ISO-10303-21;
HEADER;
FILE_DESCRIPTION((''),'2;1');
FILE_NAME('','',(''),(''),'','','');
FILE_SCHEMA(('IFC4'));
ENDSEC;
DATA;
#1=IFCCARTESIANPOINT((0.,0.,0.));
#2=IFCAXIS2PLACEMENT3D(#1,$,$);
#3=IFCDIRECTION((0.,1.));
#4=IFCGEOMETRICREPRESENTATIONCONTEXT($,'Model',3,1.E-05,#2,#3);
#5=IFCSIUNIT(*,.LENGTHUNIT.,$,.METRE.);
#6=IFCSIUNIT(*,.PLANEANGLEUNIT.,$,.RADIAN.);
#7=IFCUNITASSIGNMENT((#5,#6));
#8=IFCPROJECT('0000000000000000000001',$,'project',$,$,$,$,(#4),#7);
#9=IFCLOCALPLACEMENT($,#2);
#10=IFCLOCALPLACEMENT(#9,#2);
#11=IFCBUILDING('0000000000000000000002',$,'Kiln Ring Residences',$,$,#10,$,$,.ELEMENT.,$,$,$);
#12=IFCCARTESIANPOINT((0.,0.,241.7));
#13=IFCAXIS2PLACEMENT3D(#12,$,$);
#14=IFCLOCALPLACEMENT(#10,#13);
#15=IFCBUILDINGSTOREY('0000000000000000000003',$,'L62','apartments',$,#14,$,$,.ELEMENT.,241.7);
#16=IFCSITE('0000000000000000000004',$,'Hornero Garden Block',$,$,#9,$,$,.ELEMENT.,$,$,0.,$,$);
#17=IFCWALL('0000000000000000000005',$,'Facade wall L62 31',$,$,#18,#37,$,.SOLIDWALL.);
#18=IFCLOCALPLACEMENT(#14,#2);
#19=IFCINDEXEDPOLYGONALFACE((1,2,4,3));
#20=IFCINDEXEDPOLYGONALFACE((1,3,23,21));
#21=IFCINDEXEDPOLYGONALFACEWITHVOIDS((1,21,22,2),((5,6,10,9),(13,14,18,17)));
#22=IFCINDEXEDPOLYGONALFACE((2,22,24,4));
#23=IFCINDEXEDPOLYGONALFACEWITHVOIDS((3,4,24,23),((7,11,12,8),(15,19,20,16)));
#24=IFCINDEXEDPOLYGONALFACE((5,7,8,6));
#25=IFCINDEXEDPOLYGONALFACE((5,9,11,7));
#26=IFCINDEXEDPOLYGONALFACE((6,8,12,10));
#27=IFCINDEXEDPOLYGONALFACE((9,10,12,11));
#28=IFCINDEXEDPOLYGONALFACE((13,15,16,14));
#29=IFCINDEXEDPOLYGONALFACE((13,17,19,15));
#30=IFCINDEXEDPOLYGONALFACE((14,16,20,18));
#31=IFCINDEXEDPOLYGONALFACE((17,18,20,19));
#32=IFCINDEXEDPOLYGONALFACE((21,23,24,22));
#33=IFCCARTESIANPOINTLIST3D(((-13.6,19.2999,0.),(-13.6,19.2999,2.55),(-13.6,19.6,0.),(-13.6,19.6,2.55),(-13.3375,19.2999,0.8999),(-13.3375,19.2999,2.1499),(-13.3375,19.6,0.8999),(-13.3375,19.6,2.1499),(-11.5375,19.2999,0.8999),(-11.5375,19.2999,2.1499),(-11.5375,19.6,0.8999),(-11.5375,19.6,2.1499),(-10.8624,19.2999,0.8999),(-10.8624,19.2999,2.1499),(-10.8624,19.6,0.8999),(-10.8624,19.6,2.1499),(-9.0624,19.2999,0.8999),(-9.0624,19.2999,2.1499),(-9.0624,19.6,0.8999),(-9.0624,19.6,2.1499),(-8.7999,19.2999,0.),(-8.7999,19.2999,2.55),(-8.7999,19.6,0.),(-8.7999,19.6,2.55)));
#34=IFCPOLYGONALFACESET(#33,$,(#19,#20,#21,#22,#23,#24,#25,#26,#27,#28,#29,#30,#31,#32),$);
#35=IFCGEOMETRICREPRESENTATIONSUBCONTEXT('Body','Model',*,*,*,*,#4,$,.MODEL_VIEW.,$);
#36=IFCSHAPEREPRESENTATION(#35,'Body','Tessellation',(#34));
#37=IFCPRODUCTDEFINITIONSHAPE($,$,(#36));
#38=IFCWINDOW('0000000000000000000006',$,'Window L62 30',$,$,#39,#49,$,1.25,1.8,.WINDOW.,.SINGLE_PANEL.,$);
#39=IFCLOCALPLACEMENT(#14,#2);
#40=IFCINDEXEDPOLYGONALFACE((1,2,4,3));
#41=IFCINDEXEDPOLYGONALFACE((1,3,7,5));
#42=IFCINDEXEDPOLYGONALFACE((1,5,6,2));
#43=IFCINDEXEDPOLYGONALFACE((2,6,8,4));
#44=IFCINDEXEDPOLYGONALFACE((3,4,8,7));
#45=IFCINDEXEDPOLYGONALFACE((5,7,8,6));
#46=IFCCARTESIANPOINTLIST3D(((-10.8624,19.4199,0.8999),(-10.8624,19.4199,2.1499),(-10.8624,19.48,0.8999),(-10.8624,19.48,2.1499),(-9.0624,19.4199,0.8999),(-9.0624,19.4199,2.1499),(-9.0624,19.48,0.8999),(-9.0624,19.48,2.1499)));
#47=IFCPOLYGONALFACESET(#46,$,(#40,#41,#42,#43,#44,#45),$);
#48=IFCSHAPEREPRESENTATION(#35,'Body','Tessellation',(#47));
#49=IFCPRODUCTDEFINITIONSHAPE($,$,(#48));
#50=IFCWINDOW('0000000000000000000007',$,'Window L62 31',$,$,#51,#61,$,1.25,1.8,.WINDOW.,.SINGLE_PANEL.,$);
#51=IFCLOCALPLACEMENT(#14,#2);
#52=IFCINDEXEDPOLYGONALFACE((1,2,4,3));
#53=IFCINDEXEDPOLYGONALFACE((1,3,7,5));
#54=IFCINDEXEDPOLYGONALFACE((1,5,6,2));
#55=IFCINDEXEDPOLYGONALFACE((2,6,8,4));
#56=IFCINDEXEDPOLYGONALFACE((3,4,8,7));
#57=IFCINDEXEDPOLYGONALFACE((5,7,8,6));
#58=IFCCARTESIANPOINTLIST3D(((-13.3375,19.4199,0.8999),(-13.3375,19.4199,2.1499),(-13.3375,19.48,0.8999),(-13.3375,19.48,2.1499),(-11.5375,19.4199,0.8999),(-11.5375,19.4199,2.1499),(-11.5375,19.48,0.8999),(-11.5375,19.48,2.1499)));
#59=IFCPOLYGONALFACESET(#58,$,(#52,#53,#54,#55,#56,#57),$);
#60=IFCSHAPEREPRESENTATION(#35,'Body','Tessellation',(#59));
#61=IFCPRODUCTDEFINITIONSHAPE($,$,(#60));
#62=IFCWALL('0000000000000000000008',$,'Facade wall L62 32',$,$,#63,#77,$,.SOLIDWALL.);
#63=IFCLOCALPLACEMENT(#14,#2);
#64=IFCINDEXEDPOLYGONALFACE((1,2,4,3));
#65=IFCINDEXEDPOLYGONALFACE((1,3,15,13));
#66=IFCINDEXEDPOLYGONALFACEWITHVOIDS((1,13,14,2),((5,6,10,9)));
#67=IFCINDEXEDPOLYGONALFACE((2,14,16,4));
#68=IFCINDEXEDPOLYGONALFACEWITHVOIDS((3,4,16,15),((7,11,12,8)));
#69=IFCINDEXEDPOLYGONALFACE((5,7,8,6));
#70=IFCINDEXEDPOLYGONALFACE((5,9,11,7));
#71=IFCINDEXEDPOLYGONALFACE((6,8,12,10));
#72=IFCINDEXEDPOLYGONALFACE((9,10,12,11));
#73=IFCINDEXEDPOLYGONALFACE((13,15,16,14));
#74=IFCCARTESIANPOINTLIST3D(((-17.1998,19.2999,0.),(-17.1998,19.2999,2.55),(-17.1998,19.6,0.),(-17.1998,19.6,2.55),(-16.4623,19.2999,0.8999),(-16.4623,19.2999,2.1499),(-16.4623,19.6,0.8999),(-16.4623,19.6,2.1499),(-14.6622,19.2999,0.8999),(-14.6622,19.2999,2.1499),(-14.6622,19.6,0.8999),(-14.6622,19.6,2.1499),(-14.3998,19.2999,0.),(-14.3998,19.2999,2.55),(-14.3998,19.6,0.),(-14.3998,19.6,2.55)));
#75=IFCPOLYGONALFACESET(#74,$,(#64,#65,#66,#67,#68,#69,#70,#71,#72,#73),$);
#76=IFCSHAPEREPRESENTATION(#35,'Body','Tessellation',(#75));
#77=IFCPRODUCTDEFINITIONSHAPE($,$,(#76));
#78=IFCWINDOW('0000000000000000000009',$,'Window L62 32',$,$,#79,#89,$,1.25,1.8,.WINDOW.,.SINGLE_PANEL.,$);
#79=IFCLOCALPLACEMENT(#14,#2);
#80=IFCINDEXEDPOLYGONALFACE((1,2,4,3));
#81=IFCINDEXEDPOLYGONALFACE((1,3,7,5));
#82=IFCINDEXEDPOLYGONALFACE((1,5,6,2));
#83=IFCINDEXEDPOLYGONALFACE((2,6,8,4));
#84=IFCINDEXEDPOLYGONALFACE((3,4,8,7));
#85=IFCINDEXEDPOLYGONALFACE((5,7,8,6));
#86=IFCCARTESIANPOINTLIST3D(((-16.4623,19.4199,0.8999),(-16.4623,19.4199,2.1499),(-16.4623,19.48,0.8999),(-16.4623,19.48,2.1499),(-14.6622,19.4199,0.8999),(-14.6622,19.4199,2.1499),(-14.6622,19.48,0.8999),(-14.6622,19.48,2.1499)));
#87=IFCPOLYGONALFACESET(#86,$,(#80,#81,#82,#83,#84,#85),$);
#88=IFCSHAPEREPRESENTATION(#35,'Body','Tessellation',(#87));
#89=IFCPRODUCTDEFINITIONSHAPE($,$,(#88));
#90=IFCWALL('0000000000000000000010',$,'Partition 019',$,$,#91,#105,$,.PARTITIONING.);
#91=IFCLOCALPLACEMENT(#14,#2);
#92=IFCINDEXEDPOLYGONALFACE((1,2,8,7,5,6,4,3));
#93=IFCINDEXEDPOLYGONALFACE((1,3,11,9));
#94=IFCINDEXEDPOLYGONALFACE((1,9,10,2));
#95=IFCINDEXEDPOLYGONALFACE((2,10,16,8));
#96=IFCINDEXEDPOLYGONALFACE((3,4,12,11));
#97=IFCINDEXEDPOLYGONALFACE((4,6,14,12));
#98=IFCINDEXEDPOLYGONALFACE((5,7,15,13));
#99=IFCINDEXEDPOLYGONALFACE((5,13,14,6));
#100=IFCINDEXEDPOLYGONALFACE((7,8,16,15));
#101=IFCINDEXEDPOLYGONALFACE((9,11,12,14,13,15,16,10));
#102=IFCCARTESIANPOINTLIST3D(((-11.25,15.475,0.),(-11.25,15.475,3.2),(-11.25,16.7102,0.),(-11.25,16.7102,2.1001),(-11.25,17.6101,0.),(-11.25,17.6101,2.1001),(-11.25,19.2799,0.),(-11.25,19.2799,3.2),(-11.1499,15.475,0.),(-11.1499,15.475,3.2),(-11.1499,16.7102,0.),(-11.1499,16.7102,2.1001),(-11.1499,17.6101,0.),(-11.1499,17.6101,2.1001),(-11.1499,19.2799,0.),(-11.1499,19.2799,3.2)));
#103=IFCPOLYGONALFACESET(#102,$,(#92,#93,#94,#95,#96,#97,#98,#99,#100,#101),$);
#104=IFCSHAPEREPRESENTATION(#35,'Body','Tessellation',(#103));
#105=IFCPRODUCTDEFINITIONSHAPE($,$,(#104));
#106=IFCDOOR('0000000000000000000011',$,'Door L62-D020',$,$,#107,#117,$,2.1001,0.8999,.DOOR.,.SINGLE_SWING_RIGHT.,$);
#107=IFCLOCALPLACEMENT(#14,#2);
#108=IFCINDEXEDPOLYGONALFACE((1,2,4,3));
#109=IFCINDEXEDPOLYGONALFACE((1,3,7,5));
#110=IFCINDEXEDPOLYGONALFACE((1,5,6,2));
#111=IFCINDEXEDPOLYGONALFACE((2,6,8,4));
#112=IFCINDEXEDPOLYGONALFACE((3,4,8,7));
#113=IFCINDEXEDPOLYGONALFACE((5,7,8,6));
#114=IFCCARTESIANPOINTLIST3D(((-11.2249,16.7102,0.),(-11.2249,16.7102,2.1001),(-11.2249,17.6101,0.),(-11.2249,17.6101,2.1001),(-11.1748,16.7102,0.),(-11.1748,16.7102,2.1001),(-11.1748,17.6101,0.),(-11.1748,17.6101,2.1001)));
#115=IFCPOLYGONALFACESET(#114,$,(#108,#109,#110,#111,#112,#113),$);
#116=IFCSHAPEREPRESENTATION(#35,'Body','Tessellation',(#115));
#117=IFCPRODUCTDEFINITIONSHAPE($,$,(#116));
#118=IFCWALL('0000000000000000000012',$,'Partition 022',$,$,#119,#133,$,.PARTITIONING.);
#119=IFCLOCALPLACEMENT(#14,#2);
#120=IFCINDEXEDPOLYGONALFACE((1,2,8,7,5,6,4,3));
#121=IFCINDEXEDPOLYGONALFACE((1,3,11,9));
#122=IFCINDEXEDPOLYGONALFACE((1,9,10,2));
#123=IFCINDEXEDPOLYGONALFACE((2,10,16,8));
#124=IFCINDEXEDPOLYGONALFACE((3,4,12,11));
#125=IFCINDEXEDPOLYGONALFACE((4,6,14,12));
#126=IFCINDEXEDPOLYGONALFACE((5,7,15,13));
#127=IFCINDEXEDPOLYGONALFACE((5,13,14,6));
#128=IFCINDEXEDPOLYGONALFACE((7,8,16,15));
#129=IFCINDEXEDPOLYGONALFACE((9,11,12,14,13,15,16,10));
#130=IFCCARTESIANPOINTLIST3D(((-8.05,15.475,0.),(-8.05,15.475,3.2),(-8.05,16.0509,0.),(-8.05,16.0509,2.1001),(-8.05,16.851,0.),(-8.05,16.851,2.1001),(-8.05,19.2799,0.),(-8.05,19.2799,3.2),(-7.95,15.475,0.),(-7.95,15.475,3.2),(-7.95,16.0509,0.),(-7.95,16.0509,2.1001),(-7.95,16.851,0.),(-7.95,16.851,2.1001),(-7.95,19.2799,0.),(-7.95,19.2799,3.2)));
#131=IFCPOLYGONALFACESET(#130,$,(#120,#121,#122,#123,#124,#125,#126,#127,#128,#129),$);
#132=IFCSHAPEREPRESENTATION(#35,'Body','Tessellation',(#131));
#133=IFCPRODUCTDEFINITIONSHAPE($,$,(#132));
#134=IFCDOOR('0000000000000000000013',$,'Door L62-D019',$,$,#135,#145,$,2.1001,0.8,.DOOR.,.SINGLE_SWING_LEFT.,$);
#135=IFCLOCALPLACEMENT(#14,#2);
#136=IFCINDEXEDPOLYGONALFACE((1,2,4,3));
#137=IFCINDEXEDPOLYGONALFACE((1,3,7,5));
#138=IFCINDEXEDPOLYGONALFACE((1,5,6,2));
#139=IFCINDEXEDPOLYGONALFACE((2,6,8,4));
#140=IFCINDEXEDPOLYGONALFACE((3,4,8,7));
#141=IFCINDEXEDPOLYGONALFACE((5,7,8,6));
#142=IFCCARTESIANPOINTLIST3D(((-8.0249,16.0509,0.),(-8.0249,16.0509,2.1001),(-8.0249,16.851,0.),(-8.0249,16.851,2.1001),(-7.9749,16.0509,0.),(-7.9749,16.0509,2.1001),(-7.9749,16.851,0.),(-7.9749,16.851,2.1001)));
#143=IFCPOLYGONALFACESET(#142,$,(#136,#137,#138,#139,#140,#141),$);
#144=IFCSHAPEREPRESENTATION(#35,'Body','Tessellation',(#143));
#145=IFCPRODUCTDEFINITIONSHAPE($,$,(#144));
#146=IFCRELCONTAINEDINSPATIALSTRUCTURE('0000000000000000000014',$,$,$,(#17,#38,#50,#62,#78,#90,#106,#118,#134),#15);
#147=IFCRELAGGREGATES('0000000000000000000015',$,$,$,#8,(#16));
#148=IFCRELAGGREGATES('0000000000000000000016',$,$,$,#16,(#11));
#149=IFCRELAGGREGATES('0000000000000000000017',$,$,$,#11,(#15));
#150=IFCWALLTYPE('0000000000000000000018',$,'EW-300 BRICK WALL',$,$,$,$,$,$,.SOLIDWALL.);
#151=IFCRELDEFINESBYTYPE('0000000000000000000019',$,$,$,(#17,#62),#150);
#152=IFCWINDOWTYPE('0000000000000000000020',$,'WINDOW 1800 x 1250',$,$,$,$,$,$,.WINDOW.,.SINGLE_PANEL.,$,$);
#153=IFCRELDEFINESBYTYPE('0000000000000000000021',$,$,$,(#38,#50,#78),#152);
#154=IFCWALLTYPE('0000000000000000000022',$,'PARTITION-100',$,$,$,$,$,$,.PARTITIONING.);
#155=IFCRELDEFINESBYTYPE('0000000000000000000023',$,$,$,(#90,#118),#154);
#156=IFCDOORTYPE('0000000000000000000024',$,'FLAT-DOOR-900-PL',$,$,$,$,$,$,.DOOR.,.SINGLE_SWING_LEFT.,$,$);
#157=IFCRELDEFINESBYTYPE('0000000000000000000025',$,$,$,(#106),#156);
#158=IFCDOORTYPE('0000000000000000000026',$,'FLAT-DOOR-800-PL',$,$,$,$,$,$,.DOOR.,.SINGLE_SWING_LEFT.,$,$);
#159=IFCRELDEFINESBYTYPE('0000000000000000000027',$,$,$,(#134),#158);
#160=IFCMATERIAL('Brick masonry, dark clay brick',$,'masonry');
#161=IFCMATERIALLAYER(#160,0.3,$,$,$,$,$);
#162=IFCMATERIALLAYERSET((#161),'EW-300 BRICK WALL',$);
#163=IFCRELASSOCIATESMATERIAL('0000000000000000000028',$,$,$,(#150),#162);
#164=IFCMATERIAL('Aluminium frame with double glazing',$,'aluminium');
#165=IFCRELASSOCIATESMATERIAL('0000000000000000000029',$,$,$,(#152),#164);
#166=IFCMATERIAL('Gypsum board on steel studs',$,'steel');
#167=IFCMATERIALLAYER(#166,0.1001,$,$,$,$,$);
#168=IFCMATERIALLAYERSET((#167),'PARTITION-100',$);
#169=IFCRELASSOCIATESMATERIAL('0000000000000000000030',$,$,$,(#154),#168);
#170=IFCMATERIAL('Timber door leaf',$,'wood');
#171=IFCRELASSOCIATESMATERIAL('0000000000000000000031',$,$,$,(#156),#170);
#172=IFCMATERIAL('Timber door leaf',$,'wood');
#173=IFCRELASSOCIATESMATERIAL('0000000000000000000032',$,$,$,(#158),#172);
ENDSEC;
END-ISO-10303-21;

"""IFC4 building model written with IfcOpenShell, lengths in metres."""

from ifc_helpers import new_model, si_unit, direction, frame, frame_2d, origin, place, context, subcontext, project, spatial, rectangle, extrude, material, layer, layer_set, type_object, element, fill, save


model = new_model("IFC4")

# Units and contexts
model_context = context("Model", 3, precision=1e-05, world=origin(), true_north=direction((0.0, 1.0)))
body_context = subcontext(model_context, "Body", "Model", "MODEL_VIEW")
ifc_project = project(units=[si_unit("LENGTHUNIT", "METRE"), si_unit("PLANEANGLEUNIT", "RADIAN")], contexts=[model_context])

# Site, building, storey
site_placement = place(None, origin())
site = spatial("IfcSite", under=ifc_project, at=site_placement, Name="Hornero Garden Block", CompositionType="ELEMENT", RefElevation=0.0)
building_placement = place(site_placement, origin())
building = spatial("IfcBuilding", under=site, at=building_placement, Name="Kiln Ring Residences", CompositionType="ELEMENT")
storey_placement = place(building_placement, frame((0.0, 0.0, 241.7)))
storey = spatial("IfcBuildingStorey", under=building, at=storey_placement, Name="L62", Description="apartments", CompositionType="ELEMENT", Elevation=241.7)

# Wall, openings, windows
ifc_material_1 = material(Name="Brick masonry, dark clay brick", Category="masonry")
ifc_layer_1 = layer(ifc_material_1, 0.3)
ifc_layer_set_1 = layer_set([ifc_layer_1], Name="EW-300 BRICK WALL")
wall_type_1 = type_object("IfcWallType", Name="EW-300 BRICK WALL", PredefinedType="SOLIDWALL", material=ifc_layer_set_1)
wall_1_placement = place(storey_placement, frame((-8.8, 19.45, 0.0), z_axis=(0.0, 0.0, 1.0), x_axis=(-1.0, 0.0, 0.0)))
wall_1 = element("IfcWall", 1, at=wall_1_placement, inside=storey, type_object=wall_type_1, Name="Facade wall L62 31", PredefinedType="SOLIDWALL", context=body_context, shape_type="SweptSolid", body=[
    extrude(rectangle(XDim=4.8, YDim=0.3, at=frame_2d((2.3999, 0.0))), origin(), (0.0, 0.0, 1.0), 2.55),
])
opening_1_placement = place(wall_1_placement, frame((0.2625, 0.0, 0.8999)))
opening_1 = element("IfcOpeningElement", 2, at=opening_1_placement, cuts=wall_1, PredefinedType="OPENING", context=body_context, shape_type="SweptSolid", body=[
    extrude(rectangle(XDim=1.8, YDim=1.25, at=frame_2d((0.8999, 0.625))), frame((0.0, 0.1599, 0.0), z_axis=(0.0, -1.0, 0.0), x_axis=(1.0, 0.0, 0.0)), (0.0, 0.0, 1.0), 0.3201),
])
opening_2_placement = place(wall_1_placement, frame((2.7375, 0.0, 0.8999)))
opening_2 = element("IfcOpeningElement", 3, at=opening_2_placement, cuts=wall_1, PredefinedType="OPENING", context=body_context, shape_type="SweptSolid", body=[
    extrude(rectangle(XDim=1.8, YDim=1.25, at=frame_2d((0.8999, 0.625))), frame((0.0, 0.1599, 0.0), z_axis=(0.0, -1.0, 0.0), x_axis=(1.0, 0.0, 0.0)), (0.0, 0.0, 1.0), 0.3201),
])
ifc_material_2 = material(Name="Aluminium frame with double glazing", Category="aluminium")
window_type_1 = type_object("IfcWindowType", Name="WINDOW 1800 x 1250", PartitioningType="SINGLE_PANEL", PredefinedType="WINDOW", material=ifc_material_2)
window_1_placement = place(opening_1_placement, origin())
window_1 = element("IfcWindow", 4, at=window_1_placement, inside=storey, type_object=window_type_1, Name="Window L62 30", OverallHeight=1.25, OverallWidth=1.8, PartitioningType="SINGLE_PANEL", PredefinedType="WINDOW", context=body_context, shape_type="SweptSolid", body=[
    extrude(rectangle(XDim=1.8, YDim=1.25, at=frame_2d((0.8999, 0.625))), frame((0.0, 0.03, 0.0), z_axis=(0.0, -1.0, 0.0), x_axis=(1.0, 0.0, 0.0)), (0.0, 0.0, 1.0), 0.0601),
])
fill(opening_1, window_1)
window_2_placement = place(opening_2_placement, origin())
window_2 = element("IfcWindow", 5, at=window_2_placement, inside=storey, type_object=window_type_1, Name="Window L62 31", OverallHeight=1.25, OverallWidth=1.8, PartitioningType="SINGLE_PANEL", PredefinedType="WINDOW", context=body_context, shape_type="SweptSolid", body=[
    extrude(rectangle(XDim=1.8, YDim=1.25, at=frame_2d((0.8999, 0.625))), frame((0.0, 0.03, 0.0), z_axis=(0.0, -1.0, 0.0), x_axis=(1.0, 0.0, 0.0)), (0.0, 0.0, 1.0), 0.0601),
])
fill(opening_2, window_2)

# Wall, opening, window
wall_2_placement = place(storey_placement, frame((-14.3999, 19.45, 0.0), z_axis=(0.0, 0.0, 1.0), x_axis=(-1.0, 0.0, 0.0)))
wall_2 = element("IfcWall", 6, at=wall_2_placement, inside=storey, type_object=wall_type_1, Name="Facade wall L62 32", PredefinedType="SOLIDWALL", context=body_context, shape_type="SweptSolid", body=[
    extrude(rectangle(XDim=2.8, YDim=0.3, at=frame_2d((1.3999, 0.0))), origin(), (0.0, 0.0, 1.0), 2.55),
])
opening_3_placement = place(wall_2_placement, frame((0.2625, 0.0, 0.8999)))
opening_3 = element("IfcOpeningElement", 7, at=opening_3_placement, cuts=wall_2, PredefinedType="OPENING", context=body_context, shape_type="SweptSolid", body=[
    extrude(rectangle(XDim=1.8, YDim=1.25, at=frame_2d((0.8999, 0.625))), frame((0.0, 0.1599, 0.0), z_axis=(0.0, -1.0, 0.0), x_axis=(1.0, 0.0, 0.0)), (0.0, 0.0, 1.0), 0.3201),
])
window_3_placement = place(opening_3_placement, origin())
window_3 = element("IfcWindow", 8, at=window_3_placement, inside=storey, type_object=window_type_1, Name="Window L62 32", OverallHeight=1.25, OverallWidth=1.8, PartitioningType="SINGLE_PANEL", PredefinedType="WINDOW", context=body_context, shape_type="SweptSolid", body=[
    extrude(rectangle(XDim=1.8, YDim=1.25, at=frame_2d((0.8999, 0.625))), frame((0.0, 0.03, 0.0), z_axis=(0.0, -1.0, 0.0), x_axis=(1.0, 0.0, 0.0)), (0.0, 0.0, 1.0), 0.0601),
])
fill(opening_3, window_3)

# Walls, openings, doors
ifc_material_3 = material(Name="Gypsum board on steel studs", Category="steel")
ifc_layer_2 = layer(ifc_material_3, 0.1001)
ifc_layer_set_2 = layer_set([ifc_layer_2], Name="PARTITION-100")
wall_type_2 = type_object("IfcWallType", Name="PARTITION-100", PredefinedType="PARTITIONING", material=ifc_layer_set_2)
wall_3_placement = place(storey_placement, frame((-11.2, 15.4751, 0.0), z_axis=(0.0, 0.0, 1.0), x_axis=(0.0, 1.0, 0.0)))
wall_3 = element("IfcWall", 9, at=wall_3_placement, inside=storey, type_object=wall_type_2, Name="Partition 019", PredefinedType="PARTITIONING", context=body_context, shape_type="SweptSolid", body=[
    extrude(rectangle(XDim=3.8049, YDim=0.1001, at=frame_2d((1.9023, 0.0))), origin(), (0.0, 0.0, 1.0), 3.2),
])
opening_4_placement = place(wall_3_placement, frame((1.2351, 0.0, 0.0)))
opening_4 = element("IfcOpeningElement", 10, at=opening_4_placement, cuts=wall_3, PredefinedType="OPENING", context=body_context, shape_type="SweptSolid", body=[
    extrude(rectangle(XDim=0.8999, YDim=2.1001, at=frame_2d((0.45, 1.05))), frame((0.0, 0.0601, 0.0), z_axis=(0.0, -1.0, 0.0), x_axis=(1.0, 0.0, 0.0)), (0.0, 0.0, 1.0), 0.1201),
])
ifc_material_4 = material(Name="Timber door leaf", Category="wood")
door_type_1 = type_object("IfcDoorType", Name="FLAT-DOOR-900-PL", OperationType="SINGLE_SWING_LEFT", PredefinedType="DOOR", material=ifc_material_4)
door_1_placement = place(opening_4_placement, origin())
door_1 = element("IfcDoor", 11, at=door_1_placement, inside=storey, type_object=door_type_1, Name="Door L62-D020", OperationType="SINGLE_SWING_RIGHT", OverallHeight=2.1001, OverallWidth=0.8999, PredefinedType="DOOR", context=body_context, shape_type="SweptSolid", body=[
    extrude(rectangle(XDim=0.8999, YDim=2.1001, at=frame_2d((0.45, 1.05))), frame((0.0, 0.0249, 0.0), z_axis=(0.0, -1.0, 0.0), x_axis=(1.0, 0.0, 0.0)), (0.0, 0.0, 1.0), 0.05),
])
fill(opening_4, door_1)
wall_4_placement = place(storey_placement, frame((-8.0, 15.4751, 0.0), z_axis=(0.0, 0.0, 1.0), x_axis=(0.0, 1.0, 0.0)))
wall_4 = element("IfcWall", 12, at=wall_4_placement, inside=storey, type_object=wall_type_2, Name="Partition 022", PredefinedType="PARTITIONING", context=body_context, shape_type="SweptSolid", body=[
    extrude(rectangle(XDim=3.8049, YDim=0.1001, at=frame_2d((1.9023, 0.0))), origin(), (0.0, 0.0, 1.0), 3.2),
])
opening_5_placement = place(wall_4_placement, frame((0.5759, 0.0, 0.0)))
opening_5 = element("IfcOpeningElement", 13, at=opening_5_placement, cuts=wall_4, PredefinedType="OPENING", context=body_context, shape_type="SweptSolid", body=[
    extrude(rectangle(XDim=0.8, YDim=2.1001, at=frame_2d((0.3999, 1.05))), frame((0.0, 0.0601, 0.0), z_axis=(0.0, -1.0, 0.0), x_axis=(1.0, 0.0, 0.0)), (0.0, 0.0, 1.0), 0.1201),
])
ifc_material_5 = material(Name="Timber door leaf", Category="wood")
door_type_2 = type_object("IfcDoorType", Name="FLAT-DOOR-800-PL", OperationType="SINGLE_SWING_LEFT", PredefinedType="DOOR", material=ifc_material_5)
door_2_placement = place(opening_5_placement, origin())
door_2 = element("IfcDoor", 14, at=door_2_placement, inside=storey, type_object=door_type_2, Name="Door L62-D019", OperationType="SINGLE_SWING_LEFT", OverallHeight=2.1001, OverallWidth=0.8, PredefinedType="DOOR", context=body_context, shape_type="SweptSolid", body=[
    extrude(rectangle(XDim=0.8, YDim=2.1001, at=frame_2d((0.3999, 1.05))), frame((0.0, 0.0249, 0.0), z_axis=(0.0, -1.0, 0.0), x_axis=(1.0, 0.0, 0.0)), (0.0, 0.0, 1.0), 0.05),
])
fill(opening_5, door_2)

save(model, "model.ifc")
